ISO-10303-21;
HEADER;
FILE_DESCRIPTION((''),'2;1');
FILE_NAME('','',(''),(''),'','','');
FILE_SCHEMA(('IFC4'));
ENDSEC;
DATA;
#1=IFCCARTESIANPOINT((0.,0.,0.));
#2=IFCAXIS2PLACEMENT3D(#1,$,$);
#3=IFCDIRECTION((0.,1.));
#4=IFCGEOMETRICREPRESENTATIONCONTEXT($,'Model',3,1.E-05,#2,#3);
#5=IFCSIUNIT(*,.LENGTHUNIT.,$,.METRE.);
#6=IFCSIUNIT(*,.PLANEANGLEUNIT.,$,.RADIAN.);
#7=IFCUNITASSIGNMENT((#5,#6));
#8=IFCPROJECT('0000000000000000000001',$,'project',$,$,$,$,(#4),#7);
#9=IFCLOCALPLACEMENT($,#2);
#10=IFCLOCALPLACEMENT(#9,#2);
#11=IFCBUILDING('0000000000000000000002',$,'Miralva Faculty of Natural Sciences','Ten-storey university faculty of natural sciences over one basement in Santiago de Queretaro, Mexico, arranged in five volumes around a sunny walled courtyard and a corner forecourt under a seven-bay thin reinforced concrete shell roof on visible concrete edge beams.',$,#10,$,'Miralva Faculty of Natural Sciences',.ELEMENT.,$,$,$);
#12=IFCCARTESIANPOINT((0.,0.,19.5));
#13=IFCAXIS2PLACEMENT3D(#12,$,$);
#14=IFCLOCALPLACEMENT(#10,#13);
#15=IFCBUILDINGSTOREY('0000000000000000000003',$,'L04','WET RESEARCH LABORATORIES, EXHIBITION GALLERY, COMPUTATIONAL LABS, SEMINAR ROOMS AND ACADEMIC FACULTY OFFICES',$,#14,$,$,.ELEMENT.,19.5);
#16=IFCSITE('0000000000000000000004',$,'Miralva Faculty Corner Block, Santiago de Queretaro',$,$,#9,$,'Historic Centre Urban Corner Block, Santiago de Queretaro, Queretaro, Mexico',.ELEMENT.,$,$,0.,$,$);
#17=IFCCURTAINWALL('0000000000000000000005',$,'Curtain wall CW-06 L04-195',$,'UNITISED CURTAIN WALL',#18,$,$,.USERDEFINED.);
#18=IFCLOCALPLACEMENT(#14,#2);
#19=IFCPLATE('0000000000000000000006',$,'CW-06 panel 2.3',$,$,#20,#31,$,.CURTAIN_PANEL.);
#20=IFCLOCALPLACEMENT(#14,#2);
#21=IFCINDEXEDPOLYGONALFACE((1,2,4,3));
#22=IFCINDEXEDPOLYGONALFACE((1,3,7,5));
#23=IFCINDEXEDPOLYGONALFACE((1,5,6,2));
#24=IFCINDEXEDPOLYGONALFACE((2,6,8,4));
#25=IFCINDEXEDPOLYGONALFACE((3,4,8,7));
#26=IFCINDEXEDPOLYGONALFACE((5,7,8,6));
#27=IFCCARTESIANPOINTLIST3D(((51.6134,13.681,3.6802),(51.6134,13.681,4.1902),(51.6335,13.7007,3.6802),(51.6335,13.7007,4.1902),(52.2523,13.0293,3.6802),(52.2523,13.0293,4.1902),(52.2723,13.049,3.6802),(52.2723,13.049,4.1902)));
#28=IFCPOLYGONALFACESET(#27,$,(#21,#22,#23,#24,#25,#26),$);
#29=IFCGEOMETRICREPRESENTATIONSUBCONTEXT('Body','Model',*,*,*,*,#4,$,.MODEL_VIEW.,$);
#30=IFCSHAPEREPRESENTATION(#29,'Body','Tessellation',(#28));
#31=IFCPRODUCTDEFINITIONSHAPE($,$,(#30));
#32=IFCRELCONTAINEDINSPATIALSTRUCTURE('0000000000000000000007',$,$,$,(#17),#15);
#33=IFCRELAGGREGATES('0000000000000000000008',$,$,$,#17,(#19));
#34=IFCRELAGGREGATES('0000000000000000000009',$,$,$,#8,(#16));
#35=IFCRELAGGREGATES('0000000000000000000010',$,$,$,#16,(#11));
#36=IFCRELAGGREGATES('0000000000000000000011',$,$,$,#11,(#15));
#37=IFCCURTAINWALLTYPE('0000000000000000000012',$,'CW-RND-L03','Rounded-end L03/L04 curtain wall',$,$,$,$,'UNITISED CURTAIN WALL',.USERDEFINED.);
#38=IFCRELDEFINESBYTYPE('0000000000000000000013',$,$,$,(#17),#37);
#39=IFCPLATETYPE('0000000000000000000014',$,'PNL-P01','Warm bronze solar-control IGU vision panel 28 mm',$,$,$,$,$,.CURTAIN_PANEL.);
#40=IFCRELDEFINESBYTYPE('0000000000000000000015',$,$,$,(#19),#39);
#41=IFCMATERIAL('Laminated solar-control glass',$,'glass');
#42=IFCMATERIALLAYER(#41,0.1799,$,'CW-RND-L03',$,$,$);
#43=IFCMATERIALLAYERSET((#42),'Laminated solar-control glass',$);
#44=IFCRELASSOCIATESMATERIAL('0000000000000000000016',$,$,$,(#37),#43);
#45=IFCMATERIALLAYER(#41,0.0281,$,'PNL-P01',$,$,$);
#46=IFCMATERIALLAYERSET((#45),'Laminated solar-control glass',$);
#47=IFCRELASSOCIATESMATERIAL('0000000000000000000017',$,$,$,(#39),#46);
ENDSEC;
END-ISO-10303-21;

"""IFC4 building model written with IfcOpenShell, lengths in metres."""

from ifc_helpers import new_model, si_unit, direction, frame, origin, origin_2d, place, context, subcontext, project, spatial, rectangle, extrude, material, layer, layer_set, type_object, element, aggregate, save


model = new_model("IFC4")

# Units and contexts
model_context = context("Model", 3, precision=1e-05, world=origin(), true_north=direction((0.0, 1.0)))
body_context = subcontext(model_context, "Body", "Model", "MODEL_VIEW")
ifc_project = project(units=[si_unit("LENGTHUNIT", "METRE"), si_unit("PLANEANGLEUNIT", "RADIAN")], contexts=[model_context])

# Site, building, storey
site_placement = place(None, origin())
site = spatial("IfcSite", under=ifc_project, at=site_placement, Name="Miralva Faculty Corner Block, Santiago de Queretaro", LongName="Historic Centre Urban Corner Block, Santiago de Queretaro, Queretaro, Mexico", CompositionType="ELEMENT", RefElevation=0.0)
building_placement = place(site_placement, origin())
building = spatial("IfcBuilding", under=site, at=building_placement, Name="Miralva Faculty of Natural Sciences", Description="Ten-storey university faculty of natural sciences over one basement in Santiago de Queretaro, Mexico, arranged in five volumes around a sunny walled courtyard and a corner forecourt under a seven-bay thin reinforced concrete shell roof on visible concrete edge beams.", LongName="Miralva Faculty of Natural Sciences", CompositionType="ELEMENT")
storey_placement = place(building_placement, frame((0.0, 0.0, 19.5)))
storey = spatial("IfcBuildingStorey", under=building, at=storey_placement, Name="L04", Description="WET RESEARCH LABORATORIES, EXHIBITION GALLERY, COMPUTATIONAL LABS, SEMINAR ROOMS AND ACADEMIC FACULTY OFFICES", CompositionType="ELEMENT", Elevation=19.5)

# Shared definitions
ifc_material_1 = material(Name="Laminated solar-control glass", Category="glass")
ifc_layer_1 = layer(ifc_material_1, 0.1799, Name="CW-RND-L03")
ifc_layer_set_1 = layer_set([ifc_layer_1], Name="Laminated solar-control glass")
curtain_wall_type = type_object("IfcCurtainWallType", Name="CW-RND-L03", Description="Rounded-end L03/L04 curtain wall", ElementType="UNITISED CURTAIN WALL", PredefinedType="USERDEFINED", material=ifc_layer_set_1)

# Curtain wall
curtain_wall_1_placement = place(storey_placement, origin())
curtain_wall_1 = element("IfcCurtainWall", 1, at=curtain_wall_1_placement, inside=storey, type_object=curtain_wall_type, Name="Curtain wall CW-06 L04-195", ObjectType="UNITISED CURTAIN WALL", PredefinedType="USERDEFINED")

# Plate
ifc_layer_2 = layer(ifc_material_1, 0.0281, Name="PNL-P01")
ifc_layer_set_2 = layer_set([ifc_layer_2], Name="Laminated solar-control glass")
plate_type = type_object("IfcPlateType", Name="PNL-P01", Description="Warm bronze solar-control IGU vision panel 28 mm", PredefinedType="CURTAIN_PANEL", material=ifc_layer_set_2)
plate_1_placement = place(storey_placement, frame((51.9429, 13.365, 3.6802), z_axis=(0.0, 0.0, 1.0), x_axis=(0.700018, -0.714125, 0.0)))
plate_1 = element("IfcPlate", 2, at=plate_1_placement, type_object=plate_type, Name="CW-06 panel 2.3", PredefinedType="CURTAIN_PANEL", context=body_context, shape_type="SweptSolid", body=[
    extrude(rectangle(XDim=0.9126, YDim=0.0281, at=origin_2d()), origin(), (0.0, 0.0, 1.0), 0.51),
])
aggregate(curtain_wall_1, [plate_1])

save(model, "model.ifc")
